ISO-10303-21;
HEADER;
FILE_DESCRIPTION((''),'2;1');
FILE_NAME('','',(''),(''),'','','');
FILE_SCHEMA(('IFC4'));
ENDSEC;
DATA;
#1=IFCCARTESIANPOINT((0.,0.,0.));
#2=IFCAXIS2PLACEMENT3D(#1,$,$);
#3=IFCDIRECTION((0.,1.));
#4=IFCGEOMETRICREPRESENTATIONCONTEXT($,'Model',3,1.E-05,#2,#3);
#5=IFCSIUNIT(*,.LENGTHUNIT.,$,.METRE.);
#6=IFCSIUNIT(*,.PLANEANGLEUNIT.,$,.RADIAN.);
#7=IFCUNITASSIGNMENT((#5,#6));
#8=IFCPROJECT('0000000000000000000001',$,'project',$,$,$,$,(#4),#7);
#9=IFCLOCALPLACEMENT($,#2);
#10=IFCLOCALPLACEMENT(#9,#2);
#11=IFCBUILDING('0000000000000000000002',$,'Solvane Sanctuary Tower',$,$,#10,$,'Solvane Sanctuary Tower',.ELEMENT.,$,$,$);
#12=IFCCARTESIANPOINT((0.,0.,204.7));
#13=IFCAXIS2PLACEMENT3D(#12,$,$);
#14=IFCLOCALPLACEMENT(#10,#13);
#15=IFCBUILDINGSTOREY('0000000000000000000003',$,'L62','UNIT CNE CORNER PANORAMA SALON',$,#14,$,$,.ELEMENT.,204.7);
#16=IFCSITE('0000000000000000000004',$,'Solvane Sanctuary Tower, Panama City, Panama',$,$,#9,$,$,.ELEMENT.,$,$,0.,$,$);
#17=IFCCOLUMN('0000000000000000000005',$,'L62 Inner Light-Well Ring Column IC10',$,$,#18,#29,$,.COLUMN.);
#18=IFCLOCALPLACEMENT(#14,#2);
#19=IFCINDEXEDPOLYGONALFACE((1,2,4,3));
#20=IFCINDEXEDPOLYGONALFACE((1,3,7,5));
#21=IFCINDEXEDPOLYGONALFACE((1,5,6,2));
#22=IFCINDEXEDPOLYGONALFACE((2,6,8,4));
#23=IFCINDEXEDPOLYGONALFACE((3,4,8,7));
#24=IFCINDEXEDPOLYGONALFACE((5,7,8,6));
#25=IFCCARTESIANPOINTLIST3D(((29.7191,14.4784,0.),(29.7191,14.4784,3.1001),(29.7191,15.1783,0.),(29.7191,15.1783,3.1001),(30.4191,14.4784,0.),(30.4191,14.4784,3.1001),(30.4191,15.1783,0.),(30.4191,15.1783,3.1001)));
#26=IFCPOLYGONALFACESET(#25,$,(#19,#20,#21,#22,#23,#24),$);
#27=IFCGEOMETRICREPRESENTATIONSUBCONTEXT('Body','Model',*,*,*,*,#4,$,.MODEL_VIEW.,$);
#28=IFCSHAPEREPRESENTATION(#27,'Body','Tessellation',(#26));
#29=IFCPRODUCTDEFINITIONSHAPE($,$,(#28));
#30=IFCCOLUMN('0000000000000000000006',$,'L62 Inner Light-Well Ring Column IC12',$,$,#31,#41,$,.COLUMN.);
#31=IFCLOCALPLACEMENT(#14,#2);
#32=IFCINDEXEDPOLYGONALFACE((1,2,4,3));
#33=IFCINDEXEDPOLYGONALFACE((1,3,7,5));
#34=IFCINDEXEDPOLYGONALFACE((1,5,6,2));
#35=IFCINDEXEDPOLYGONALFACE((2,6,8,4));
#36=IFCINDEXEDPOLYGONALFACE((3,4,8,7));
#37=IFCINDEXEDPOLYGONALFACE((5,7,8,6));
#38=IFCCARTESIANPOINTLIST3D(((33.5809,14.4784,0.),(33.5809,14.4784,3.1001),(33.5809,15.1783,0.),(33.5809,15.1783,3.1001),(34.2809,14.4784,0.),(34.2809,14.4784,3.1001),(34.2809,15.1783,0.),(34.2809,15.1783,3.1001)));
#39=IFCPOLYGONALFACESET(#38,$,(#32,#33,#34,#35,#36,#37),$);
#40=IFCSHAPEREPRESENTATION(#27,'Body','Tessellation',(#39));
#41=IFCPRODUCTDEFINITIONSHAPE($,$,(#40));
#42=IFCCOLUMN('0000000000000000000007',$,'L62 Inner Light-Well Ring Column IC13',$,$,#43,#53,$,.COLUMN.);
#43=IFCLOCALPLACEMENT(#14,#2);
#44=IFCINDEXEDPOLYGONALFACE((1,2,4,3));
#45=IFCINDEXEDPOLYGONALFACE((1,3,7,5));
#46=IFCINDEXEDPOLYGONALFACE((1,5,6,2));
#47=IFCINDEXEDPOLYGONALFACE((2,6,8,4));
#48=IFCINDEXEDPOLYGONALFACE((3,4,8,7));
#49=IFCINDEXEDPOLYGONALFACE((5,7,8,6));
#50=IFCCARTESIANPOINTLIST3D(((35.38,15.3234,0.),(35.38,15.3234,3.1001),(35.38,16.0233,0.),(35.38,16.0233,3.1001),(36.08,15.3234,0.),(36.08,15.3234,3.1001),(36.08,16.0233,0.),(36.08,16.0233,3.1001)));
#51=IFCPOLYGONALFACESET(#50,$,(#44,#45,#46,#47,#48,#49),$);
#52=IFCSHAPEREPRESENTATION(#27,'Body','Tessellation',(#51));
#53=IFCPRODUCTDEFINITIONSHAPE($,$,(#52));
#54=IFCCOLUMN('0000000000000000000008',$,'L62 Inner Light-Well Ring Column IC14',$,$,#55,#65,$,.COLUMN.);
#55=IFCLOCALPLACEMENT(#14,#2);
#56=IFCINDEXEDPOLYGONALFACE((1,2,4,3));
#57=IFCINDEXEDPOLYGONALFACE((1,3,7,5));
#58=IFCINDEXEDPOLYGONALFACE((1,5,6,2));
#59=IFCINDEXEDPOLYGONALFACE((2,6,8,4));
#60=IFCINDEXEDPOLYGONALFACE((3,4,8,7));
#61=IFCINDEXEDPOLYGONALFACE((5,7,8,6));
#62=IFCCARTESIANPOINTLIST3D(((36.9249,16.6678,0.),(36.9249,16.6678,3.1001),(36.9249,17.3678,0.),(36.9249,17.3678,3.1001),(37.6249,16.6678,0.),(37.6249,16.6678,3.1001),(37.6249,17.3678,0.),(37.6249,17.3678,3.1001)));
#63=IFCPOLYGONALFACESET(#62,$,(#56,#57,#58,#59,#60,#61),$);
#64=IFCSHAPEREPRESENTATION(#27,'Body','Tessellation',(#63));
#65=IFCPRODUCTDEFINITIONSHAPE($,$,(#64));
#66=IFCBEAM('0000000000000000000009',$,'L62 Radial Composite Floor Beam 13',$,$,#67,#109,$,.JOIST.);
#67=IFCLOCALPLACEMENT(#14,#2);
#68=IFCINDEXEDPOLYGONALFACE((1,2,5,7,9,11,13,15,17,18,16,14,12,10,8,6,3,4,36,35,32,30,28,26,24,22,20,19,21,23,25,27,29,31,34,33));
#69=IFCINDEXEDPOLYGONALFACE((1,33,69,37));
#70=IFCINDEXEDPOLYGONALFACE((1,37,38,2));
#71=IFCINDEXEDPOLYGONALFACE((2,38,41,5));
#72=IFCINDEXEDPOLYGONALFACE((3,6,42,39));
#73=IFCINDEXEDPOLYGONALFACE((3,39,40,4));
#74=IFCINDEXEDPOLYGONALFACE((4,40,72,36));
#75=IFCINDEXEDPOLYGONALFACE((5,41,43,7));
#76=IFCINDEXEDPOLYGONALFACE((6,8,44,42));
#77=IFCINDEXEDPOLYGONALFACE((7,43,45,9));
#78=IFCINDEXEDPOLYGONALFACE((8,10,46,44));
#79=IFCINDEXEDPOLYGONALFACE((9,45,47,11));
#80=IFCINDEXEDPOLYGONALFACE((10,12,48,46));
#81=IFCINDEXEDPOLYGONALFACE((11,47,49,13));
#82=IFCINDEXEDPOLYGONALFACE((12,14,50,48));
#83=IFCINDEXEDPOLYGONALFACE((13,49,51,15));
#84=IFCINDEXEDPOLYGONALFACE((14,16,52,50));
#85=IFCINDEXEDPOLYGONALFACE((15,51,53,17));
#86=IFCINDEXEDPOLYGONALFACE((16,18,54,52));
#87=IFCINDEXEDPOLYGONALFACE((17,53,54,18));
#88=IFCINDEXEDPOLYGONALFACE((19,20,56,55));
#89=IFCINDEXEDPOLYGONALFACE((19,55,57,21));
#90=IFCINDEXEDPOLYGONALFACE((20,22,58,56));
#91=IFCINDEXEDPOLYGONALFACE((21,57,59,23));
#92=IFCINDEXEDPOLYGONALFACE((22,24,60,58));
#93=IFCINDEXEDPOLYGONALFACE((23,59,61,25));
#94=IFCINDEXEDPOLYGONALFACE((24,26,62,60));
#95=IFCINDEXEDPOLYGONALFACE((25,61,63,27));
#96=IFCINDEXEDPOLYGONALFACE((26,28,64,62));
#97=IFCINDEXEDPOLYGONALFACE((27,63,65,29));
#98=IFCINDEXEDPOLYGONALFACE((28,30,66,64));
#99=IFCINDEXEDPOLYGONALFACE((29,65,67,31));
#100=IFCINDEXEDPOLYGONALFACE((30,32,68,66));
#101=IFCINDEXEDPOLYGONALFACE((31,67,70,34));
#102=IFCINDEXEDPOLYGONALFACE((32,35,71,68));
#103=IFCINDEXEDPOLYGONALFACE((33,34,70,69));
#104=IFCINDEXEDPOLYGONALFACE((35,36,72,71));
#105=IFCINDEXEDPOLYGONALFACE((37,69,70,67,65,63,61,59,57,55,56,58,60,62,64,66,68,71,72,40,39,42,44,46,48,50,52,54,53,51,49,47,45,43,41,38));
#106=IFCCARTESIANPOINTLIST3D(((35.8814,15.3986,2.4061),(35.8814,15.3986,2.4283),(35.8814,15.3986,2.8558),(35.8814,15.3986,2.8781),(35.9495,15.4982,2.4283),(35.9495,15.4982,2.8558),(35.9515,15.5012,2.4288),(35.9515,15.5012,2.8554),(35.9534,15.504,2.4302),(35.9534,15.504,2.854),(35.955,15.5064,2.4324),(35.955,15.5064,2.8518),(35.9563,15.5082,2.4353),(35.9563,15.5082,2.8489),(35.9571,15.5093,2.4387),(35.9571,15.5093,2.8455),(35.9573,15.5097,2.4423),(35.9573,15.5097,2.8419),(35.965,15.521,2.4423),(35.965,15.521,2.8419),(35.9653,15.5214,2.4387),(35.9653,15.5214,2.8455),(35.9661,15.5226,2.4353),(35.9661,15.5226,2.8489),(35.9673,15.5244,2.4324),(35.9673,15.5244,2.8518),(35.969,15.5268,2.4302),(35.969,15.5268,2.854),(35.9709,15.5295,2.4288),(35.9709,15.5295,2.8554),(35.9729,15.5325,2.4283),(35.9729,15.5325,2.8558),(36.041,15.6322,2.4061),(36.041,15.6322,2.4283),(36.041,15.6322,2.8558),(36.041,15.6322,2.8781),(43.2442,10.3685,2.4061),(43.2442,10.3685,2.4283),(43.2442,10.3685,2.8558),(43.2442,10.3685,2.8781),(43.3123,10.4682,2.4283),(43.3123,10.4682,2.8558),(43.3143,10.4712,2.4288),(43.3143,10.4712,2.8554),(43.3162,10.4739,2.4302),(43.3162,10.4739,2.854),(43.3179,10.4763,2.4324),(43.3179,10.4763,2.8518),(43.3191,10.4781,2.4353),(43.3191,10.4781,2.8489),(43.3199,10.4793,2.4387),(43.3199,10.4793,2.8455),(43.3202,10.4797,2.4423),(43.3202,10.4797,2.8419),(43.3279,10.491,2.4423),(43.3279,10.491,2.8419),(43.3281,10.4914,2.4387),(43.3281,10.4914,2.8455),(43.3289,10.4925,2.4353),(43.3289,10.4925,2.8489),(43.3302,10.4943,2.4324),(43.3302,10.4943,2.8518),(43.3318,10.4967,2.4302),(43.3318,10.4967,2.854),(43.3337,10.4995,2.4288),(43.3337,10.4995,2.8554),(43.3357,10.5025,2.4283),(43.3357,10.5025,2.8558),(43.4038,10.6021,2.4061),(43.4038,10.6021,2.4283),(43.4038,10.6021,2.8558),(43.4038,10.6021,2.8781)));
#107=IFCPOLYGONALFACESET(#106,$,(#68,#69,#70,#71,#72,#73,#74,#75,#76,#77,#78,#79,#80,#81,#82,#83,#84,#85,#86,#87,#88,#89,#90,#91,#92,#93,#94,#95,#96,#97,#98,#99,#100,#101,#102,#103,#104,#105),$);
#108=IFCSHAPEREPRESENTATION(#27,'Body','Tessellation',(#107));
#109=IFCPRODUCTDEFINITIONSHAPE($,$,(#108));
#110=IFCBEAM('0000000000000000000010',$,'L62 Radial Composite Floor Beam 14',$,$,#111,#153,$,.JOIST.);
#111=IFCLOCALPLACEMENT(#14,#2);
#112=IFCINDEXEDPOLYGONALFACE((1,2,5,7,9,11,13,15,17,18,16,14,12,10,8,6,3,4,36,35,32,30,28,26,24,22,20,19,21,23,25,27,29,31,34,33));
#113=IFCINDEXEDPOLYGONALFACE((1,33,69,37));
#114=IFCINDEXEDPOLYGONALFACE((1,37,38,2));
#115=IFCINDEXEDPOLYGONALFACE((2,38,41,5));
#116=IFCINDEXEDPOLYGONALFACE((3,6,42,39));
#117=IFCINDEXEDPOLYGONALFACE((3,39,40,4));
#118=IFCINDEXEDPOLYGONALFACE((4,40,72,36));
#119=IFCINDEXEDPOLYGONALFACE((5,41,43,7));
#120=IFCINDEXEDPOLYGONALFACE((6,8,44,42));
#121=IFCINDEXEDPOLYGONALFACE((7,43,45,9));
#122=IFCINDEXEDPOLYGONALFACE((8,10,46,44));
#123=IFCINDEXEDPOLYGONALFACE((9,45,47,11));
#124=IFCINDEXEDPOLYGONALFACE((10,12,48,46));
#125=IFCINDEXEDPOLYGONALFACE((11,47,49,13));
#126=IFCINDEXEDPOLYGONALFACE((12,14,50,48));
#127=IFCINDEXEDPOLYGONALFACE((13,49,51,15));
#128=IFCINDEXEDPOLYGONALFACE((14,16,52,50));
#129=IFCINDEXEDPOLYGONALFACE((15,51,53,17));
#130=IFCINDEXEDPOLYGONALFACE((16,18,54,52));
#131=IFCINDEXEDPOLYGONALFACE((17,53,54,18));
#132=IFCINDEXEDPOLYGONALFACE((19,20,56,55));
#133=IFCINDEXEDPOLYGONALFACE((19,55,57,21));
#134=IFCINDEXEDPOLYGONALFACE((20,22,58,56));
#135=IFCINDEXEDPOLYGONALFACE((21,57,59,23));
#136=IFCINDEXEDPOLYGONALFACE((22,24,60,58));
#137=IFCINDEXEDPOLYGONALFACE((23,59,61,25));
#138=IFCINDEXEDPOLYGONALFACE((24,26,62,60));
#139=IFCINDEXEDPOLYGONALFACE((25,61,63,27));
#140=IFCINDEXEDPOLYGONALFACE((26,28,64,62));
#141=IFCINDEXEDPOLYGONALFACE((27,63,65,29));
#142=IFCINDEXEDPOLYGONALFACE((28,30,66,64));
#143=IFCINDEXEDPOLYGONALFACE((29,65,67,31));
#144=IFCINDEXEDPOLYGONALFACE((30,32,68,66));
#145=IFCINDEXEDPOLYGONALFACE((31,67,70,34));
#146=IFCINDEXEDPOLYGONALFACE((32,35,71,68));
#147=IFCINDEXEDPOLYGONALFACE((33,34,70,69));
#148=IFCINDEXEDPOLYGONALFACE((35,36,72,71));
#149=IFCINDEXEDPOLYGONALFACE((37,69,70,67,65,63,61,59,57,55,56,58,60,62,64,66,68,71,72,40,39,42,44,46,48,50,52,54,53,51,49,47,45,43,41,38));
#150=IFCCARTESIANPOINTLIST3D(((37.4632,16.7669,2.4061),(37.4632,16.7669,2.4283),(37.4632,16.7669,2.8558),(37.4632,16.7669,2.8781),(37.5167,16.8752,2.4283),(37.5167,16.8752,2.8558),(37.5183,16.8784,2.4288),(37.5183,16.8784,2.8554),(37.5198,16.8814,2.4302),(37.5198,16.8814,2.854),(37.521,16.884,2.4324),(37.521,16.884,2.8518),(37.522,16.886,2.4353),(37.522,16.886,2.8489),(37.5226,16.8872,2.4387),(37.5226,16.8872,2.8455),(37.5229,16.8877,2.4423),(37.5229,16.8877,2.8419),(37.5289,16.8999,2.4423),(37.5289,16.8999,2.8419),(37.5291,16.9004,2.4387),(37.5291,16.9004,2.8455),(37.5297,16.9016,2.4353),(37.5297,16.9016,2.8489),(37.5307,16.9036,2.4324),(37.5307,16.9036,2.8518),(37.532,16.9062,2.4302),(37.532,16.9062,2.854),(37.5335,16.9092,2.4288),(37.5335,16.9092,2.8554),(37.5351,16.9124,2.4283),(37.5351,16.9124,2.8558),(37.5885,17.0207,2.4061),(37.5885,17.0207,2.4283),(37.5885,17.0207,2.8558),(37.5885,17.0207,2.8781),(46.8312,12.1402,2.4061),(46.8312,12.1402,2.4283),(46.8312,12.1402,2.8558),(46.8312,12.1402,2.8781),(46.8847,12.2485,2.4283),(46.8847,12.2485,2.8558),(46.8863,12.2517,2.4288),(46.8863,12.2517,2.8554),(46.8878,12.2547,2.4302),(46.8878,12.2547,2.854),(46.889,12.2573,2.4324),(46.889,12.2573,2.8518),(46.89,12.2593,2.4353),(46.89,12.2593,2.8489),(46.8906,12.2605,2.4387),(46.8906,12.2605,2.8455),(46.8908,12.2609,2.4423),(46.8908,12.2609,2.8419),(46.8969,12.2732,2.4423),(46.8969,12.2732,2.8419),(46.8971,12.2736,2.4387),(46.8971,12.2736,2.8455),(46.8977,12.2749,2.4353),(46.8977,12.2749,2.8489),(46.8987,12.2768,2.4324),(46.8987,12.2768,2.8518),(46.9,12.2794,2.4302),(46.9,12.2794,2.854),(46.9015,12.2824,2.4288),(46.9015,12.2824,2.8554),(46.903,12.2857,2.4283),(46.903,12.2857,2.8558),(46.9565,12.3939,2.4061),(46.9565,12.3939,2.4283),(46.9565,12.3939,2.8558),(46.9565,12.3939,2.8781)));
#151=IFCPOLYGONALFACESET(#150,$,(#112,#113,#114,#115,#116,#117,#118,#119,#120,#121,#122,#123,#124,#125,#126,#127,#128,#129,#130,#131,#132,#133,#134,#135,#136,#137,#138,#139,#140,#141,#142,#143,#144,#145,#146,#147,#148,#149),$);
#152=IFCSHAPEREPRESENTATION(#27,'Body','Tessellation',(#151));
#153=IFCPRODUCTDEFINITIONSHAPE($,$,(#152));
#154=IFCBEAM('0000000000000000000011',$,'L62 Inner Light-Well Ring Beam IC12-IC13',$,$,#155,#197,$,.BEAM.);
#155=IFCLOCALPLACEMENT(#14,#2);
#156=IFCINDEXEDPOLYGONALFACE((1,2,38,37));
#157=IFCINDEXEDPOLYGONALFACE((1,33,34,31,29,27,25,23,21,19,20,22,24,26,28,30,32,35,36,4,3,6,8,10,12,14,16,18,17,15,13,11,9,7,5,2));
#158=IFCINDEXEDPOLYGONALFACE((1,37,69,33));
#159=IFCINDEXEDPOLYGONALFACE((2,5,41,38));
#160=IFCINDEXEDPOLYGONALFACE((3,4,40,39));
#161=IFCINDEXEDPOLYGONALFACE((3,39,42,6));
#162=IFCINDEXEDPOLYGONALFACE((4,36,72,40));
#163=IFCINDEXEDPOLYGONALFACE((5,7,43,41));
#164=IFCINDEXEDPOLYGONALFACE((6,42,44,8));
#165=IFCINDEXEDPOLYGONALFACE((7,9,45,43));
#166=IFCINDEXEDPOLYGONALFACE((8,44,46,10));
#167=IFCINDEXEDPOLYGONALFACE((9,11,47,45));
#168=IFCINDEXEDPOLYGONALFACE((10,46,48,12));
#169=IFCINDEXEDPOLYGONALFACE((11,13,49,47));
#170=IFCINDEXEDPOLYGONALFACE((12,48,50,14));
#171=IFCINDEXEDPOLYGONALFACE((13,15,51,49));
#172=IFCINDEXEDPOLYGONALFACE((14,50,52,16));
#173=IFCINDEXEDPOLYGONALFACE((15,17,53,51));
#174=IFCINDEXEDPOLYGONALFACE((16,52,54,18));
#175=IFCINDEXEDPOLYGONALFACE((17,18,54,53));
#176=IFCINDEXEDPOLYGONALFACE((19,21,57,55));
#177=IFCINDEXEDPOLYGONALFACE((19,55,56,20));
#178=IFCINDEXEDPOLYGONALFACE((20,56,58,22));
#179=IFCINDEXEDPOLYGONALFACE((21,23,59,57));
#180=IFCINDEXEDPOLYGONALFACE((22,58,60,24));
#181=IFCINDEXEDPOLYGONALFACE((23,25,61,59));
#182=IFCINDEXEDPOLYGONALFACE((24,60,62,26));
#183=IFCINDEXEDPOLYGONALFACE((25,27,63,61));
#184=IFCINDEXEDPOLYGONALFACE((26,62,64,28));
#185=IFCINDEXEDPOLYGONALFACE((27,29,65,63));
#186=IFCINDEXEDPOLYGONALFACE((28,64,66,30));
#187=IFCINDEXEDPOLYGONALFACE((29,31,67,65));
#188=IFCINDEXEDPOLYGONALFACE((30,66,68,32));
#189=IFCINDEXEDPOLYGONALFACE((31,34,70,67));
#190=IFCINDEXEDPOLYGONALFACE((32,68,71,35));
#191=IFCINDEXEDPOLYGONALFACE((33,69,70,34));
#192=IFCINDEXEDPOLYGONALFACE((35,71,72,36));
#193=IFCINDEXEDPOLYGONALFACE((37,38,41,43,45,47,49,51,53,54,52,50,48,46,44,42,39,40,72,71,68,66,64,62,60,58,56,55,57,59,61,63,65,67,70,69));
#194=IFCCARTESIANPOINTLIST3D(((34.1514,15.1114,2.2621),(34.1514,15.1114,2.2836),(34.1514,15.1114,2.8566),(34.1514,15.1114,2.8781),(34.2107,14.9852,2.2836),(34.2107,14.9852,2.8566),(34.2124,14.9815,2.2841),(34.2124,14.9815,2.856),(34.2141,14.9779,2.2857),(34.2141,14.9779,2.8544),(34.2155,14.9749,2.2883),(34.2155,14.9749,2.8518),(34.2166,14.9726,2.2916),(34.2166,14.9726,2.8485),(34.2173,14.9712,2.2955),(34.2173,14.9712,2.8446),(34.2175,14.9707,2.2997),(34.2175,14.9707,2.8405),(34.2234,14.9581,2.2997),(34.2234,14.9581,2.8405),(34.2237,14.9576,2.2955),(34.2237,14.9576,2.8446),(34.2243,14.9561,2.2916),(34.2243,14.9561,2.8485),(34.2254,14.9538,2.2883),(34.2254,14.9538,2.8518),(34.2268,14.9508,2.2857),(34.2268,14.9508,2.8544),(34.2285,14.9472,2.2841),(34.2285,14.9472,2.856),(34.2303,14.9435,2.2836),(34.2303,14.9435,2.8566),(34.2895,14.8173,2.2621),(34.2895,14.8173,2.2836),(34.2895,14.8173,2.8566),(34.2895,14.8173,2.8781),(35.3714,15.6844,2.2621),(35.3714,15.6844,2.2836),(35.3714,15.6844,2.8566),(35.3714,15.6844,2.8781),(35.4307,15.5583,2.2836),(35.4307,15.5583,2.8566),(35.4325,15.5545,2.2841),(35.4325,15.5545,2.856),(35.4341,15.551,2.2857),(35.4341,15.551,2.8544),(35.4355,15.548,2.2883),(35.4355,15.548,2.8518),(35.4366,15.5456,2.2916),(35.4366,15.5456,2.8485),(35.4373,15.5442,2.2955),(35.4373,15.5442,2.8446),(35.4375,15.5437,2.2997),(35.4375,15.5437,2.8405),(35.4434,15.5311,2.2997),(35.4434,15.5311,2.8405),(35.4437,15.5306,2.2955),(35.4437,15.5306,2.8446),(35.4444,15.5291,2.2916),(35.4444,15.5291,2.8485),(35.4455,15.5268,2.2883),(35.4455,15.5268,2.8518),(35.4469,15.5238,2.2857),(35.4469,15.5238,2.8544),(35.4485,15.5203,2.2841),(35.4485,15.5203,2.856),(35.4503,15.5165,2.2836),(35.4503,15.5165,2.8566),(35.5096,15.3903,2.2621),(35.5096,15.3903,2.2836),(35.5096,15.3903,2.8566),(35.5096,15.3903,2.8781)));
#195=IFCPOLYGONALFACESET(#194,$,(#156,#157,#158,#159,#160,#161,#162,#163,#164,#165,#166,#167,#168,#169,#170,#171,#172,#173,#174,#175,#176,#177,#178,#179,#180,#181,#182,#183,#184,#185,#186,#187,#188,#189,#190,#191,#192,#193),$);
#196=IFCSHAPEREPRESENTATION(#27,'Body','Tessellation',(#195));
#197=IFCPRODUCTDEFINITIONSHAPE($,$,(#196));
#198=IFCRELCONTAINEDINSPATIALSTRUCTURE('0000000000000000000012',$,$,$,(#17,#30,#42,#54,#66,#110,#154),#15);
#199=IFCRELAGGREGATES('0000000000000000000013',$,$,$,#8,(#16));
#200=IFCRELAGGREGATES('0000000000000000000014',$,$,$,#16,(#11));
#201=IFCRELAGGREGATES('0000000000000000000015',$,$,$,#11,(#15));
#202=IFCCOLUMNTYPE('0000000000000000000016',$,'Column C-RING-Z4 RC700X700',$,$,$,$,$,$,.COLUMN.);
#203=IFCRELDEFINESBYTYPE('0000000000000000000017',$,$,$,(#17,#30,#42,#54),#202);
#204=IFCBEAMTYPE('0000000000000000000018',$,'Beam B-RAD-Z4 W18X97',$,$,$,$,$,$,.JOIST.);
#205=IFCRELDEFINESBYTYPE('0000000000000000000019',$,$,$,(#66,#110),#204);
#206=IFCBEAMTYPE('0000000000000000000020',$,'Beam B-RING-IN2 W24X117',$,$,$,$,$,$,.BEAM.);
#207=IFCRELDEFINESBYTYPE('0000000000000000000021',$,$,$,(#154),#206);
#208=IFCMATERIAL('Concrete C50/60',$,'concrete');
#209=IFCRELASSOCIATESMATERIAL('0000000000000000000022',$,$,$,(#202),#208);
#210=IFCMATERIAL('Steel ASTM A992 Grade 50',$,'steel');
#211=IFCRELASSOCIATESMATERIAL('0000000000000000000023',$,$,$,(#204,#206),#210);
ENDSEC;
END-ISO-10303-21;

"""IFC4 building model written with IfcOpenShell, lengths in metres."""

from ifc_helpers import new_model, si_unit, direction, frame, origin, origin_2d, place, context, subcontext, project, spatial, rectangle, i_section, extrude, material, material_profile, profile_set, type_object, element, save


model = new_model("IFC4")

# Units and contexts
model_context = context("Model", 3, precision=1e-05, world=origin(), true_north=direction((0.0, 1.0)))
body_context = subcontext(model_context, "Body", "Model", "MODEL_VIEW")
ifc_project = project(units=[si_unit("LENGTHUNIT", "METRE"), si_unit("PLANEANGLEUNIT", "RADIAN")], contexts=[model_context])

# Site, building, storey
site_placement = place(None, origin())
site = spatial("IfcSite", under=ifc_project, at=site_placement, Name="Solvane Sanctuary Tower, Panama City, Panama", CompositionType="ELEMENT", RefElevation=0.0)
building_placement = place(site_placement, origin())
building = spatial("IfcBuilding", under=site, at=building_placement, Name="Solvane Sanctuary Tower", LongName="Solvane Sanctuary Tower", CompositionType="ELEMENT")
storey_placement = place(building_placement, frame((0.0, 0.0, 204.7)))
storey = spatial("IfcBuildingStorey", under=building, at=storey_placement, Name="L62", Description="UNIT CNE CORNER PANORAMA SALON", CompositionType="ELEMENT", Elevation=204.7)

# Columns
ifc_material_1 = material(Name="Concrete C50/60", Category="concrete")
ifc_material_profile_1 = material_profile(ifc_material_1, rectangle(XDim=0.7, YDim=0.7, at=origin_2d()), Name="RC700X700")
ifc_profile_set_1 = profile_set([ifc_material_profile_1], Name="Concrete C50/60")
column_type = type_object("IfcColumnType", Name="Column C-RING-Z4 RC700X700", PredefinedType="COLUMN", material=ifc_profile_set_1)
for number, where, z_axis, x_axis, name in (
    (1, (30.0691, 14.8284, 0.0), (0.0, 0.0, 1.0), (1.0, 0.0, 0.0), "L62 Inner Light-Well Ring Column IC10"),
    (2, (33.9309, 14.8284, 0.0), (0.0, 0.0, 1.0), (1.0, 0.0, 0.0), "L62 Inner Light-Well Ring Column IC12"),
    (3, (35.73, 15.6733, 0.0), (0.0, 0.0, 1.0), (1.0, 0.0, 0.0), "L62 Inner Light-Well Ring Column IC13"),
    (4, (37.2749, 17.0178, 0.0), (0.0, 0.0, 1.0), (1.0, 0.0, 0.0), "L62 Inner Light-Well Ring Column IC14"),
):
    element("IfcColumn", number, at=place(storey_placement, frame(where, z_axis=z_axis, x_axis=x_axis)), inside=storey, type_object=column_type, Name=name, PredefinedType="COLUMN", context=body_context, shape_type="SweptSolid", body=[
        extrude(rectangle(XDim=0.7, YDim=0.7, at=origin_2d()), origin(), (0.0, 0.0, 1.0), 3.1001),
    ])

# Beams
ifc_material_2 = material(Name="Steel ASTM A992 Grade 50", Category="steel")
ifc_material_profile_2 = material_profile(ifc_material_2, i_section(OverallWidth=0.283, OverallDepth=0.4719, WebThickness=0.0137, FlangeThickness=0.0222, FilletRadius=0.0139, at=origin_2d()), Name="W18X97")
ifc_profile_set_2 = profile_set([ifc_material_profile_2], Name="Steel ASTM A992 Grade 50")
beam_type_1 = type_object("IfcBeamType", Name="Beam B-RAD-Z4 W18X97", PredefinedType="JOIST", material=ifc_profile_set_2)
beam_1_placement = place(storey_placement, frame((35.9612, 15.5154, 2.6421), z_axis=(0.825708, -0.564098, 0.0), x_axis=(0.564098, 0.825708, 0.0)))
element("IfcBeam", 5, at=beam_1_placement, inside=storey, type_object=beam_type_1, Name="L62 Radial Composite Floor Beam 13", PredefinedType="JOIST", context=body_context, shape_type="SweptSolid", body=[
    extrude(i_section(OverallWidth=0.283, OverallDepth=0.4719, WebThickness=0.0137, FlangeThickness=0.0222, FilletRadius=0.0139, at=origin_2d()), origin(), (0.0, 0.0, 1.0), 8.917),
])
beam_2_placement = place(storey_placement, frame((37.5259, 16.8938, 2.6421), z_axis=(0.896608, -0.442825, 0.0), x_axis=(0.442825, 0.896608, 0.0)))
element("IfcBeam", 6, at=beam_2_placement, inside=storey, type_object=beam_type_1, Name="L62 Radial Composite Floor Beam 14", PredefinedType="JOIST", context=body_context, shape_type="SweptSolid", body=[
    extrude(i_section(OverallWidth=0.283, OverallDepth=0.4719, WebThickness=0.0137, FlangeThickness=0.0222, FilletRadius=0.0139, at=origin_2d()), origin(), (0.0, 0.0, 1.0), 10.4482),
])
ifc_material_profile_3 = material_profile(ifc_material_2, i_section(OverallWidth=0.325, OverallDepth=0.616, WebThickness=0.0139, FlangeThickness=0.0215, FilletRadius=0.0161, at=origin_2d()), Name="W24X117")
ifc_profile_set_3 = profile_set([ifc_material_profile_3], Name="Steel ASTM A992 Grade 50")
beam_type_2 = type_object("IfcBeamType", Name="Beam B-RING-IN2 W24X117", PredefinedType="BEAM", material=ifc_profile_set_3)
beam_3_placement = place(storey_placement, frame((34.2205, 14.9644, 2.5701), z_axis=(0.905135, 0.425125, 0.0), x_axis=(-0.425125, 0.905135, 0.0)))
element("IfcBeam", 7, at=beam_3_placement, inside=storey, type_object=beam_type_2, Name="L62 Inner Light-Well Ring Beam IC12-IC13", PredefinedType="BEAM", context=body_context, shape_type="SweptSolid", body=[
    extrude(i_section(OverallWidth=0.325, OverallDepth=0.616, WebThickness=0.0139, FlangeThickness=0.0215, FilletRadius=0.0161, at=origin_2d()), origin(), (0.0, 0.0, 1.0), 1.3479),
])

save(model, "model.ifc")
